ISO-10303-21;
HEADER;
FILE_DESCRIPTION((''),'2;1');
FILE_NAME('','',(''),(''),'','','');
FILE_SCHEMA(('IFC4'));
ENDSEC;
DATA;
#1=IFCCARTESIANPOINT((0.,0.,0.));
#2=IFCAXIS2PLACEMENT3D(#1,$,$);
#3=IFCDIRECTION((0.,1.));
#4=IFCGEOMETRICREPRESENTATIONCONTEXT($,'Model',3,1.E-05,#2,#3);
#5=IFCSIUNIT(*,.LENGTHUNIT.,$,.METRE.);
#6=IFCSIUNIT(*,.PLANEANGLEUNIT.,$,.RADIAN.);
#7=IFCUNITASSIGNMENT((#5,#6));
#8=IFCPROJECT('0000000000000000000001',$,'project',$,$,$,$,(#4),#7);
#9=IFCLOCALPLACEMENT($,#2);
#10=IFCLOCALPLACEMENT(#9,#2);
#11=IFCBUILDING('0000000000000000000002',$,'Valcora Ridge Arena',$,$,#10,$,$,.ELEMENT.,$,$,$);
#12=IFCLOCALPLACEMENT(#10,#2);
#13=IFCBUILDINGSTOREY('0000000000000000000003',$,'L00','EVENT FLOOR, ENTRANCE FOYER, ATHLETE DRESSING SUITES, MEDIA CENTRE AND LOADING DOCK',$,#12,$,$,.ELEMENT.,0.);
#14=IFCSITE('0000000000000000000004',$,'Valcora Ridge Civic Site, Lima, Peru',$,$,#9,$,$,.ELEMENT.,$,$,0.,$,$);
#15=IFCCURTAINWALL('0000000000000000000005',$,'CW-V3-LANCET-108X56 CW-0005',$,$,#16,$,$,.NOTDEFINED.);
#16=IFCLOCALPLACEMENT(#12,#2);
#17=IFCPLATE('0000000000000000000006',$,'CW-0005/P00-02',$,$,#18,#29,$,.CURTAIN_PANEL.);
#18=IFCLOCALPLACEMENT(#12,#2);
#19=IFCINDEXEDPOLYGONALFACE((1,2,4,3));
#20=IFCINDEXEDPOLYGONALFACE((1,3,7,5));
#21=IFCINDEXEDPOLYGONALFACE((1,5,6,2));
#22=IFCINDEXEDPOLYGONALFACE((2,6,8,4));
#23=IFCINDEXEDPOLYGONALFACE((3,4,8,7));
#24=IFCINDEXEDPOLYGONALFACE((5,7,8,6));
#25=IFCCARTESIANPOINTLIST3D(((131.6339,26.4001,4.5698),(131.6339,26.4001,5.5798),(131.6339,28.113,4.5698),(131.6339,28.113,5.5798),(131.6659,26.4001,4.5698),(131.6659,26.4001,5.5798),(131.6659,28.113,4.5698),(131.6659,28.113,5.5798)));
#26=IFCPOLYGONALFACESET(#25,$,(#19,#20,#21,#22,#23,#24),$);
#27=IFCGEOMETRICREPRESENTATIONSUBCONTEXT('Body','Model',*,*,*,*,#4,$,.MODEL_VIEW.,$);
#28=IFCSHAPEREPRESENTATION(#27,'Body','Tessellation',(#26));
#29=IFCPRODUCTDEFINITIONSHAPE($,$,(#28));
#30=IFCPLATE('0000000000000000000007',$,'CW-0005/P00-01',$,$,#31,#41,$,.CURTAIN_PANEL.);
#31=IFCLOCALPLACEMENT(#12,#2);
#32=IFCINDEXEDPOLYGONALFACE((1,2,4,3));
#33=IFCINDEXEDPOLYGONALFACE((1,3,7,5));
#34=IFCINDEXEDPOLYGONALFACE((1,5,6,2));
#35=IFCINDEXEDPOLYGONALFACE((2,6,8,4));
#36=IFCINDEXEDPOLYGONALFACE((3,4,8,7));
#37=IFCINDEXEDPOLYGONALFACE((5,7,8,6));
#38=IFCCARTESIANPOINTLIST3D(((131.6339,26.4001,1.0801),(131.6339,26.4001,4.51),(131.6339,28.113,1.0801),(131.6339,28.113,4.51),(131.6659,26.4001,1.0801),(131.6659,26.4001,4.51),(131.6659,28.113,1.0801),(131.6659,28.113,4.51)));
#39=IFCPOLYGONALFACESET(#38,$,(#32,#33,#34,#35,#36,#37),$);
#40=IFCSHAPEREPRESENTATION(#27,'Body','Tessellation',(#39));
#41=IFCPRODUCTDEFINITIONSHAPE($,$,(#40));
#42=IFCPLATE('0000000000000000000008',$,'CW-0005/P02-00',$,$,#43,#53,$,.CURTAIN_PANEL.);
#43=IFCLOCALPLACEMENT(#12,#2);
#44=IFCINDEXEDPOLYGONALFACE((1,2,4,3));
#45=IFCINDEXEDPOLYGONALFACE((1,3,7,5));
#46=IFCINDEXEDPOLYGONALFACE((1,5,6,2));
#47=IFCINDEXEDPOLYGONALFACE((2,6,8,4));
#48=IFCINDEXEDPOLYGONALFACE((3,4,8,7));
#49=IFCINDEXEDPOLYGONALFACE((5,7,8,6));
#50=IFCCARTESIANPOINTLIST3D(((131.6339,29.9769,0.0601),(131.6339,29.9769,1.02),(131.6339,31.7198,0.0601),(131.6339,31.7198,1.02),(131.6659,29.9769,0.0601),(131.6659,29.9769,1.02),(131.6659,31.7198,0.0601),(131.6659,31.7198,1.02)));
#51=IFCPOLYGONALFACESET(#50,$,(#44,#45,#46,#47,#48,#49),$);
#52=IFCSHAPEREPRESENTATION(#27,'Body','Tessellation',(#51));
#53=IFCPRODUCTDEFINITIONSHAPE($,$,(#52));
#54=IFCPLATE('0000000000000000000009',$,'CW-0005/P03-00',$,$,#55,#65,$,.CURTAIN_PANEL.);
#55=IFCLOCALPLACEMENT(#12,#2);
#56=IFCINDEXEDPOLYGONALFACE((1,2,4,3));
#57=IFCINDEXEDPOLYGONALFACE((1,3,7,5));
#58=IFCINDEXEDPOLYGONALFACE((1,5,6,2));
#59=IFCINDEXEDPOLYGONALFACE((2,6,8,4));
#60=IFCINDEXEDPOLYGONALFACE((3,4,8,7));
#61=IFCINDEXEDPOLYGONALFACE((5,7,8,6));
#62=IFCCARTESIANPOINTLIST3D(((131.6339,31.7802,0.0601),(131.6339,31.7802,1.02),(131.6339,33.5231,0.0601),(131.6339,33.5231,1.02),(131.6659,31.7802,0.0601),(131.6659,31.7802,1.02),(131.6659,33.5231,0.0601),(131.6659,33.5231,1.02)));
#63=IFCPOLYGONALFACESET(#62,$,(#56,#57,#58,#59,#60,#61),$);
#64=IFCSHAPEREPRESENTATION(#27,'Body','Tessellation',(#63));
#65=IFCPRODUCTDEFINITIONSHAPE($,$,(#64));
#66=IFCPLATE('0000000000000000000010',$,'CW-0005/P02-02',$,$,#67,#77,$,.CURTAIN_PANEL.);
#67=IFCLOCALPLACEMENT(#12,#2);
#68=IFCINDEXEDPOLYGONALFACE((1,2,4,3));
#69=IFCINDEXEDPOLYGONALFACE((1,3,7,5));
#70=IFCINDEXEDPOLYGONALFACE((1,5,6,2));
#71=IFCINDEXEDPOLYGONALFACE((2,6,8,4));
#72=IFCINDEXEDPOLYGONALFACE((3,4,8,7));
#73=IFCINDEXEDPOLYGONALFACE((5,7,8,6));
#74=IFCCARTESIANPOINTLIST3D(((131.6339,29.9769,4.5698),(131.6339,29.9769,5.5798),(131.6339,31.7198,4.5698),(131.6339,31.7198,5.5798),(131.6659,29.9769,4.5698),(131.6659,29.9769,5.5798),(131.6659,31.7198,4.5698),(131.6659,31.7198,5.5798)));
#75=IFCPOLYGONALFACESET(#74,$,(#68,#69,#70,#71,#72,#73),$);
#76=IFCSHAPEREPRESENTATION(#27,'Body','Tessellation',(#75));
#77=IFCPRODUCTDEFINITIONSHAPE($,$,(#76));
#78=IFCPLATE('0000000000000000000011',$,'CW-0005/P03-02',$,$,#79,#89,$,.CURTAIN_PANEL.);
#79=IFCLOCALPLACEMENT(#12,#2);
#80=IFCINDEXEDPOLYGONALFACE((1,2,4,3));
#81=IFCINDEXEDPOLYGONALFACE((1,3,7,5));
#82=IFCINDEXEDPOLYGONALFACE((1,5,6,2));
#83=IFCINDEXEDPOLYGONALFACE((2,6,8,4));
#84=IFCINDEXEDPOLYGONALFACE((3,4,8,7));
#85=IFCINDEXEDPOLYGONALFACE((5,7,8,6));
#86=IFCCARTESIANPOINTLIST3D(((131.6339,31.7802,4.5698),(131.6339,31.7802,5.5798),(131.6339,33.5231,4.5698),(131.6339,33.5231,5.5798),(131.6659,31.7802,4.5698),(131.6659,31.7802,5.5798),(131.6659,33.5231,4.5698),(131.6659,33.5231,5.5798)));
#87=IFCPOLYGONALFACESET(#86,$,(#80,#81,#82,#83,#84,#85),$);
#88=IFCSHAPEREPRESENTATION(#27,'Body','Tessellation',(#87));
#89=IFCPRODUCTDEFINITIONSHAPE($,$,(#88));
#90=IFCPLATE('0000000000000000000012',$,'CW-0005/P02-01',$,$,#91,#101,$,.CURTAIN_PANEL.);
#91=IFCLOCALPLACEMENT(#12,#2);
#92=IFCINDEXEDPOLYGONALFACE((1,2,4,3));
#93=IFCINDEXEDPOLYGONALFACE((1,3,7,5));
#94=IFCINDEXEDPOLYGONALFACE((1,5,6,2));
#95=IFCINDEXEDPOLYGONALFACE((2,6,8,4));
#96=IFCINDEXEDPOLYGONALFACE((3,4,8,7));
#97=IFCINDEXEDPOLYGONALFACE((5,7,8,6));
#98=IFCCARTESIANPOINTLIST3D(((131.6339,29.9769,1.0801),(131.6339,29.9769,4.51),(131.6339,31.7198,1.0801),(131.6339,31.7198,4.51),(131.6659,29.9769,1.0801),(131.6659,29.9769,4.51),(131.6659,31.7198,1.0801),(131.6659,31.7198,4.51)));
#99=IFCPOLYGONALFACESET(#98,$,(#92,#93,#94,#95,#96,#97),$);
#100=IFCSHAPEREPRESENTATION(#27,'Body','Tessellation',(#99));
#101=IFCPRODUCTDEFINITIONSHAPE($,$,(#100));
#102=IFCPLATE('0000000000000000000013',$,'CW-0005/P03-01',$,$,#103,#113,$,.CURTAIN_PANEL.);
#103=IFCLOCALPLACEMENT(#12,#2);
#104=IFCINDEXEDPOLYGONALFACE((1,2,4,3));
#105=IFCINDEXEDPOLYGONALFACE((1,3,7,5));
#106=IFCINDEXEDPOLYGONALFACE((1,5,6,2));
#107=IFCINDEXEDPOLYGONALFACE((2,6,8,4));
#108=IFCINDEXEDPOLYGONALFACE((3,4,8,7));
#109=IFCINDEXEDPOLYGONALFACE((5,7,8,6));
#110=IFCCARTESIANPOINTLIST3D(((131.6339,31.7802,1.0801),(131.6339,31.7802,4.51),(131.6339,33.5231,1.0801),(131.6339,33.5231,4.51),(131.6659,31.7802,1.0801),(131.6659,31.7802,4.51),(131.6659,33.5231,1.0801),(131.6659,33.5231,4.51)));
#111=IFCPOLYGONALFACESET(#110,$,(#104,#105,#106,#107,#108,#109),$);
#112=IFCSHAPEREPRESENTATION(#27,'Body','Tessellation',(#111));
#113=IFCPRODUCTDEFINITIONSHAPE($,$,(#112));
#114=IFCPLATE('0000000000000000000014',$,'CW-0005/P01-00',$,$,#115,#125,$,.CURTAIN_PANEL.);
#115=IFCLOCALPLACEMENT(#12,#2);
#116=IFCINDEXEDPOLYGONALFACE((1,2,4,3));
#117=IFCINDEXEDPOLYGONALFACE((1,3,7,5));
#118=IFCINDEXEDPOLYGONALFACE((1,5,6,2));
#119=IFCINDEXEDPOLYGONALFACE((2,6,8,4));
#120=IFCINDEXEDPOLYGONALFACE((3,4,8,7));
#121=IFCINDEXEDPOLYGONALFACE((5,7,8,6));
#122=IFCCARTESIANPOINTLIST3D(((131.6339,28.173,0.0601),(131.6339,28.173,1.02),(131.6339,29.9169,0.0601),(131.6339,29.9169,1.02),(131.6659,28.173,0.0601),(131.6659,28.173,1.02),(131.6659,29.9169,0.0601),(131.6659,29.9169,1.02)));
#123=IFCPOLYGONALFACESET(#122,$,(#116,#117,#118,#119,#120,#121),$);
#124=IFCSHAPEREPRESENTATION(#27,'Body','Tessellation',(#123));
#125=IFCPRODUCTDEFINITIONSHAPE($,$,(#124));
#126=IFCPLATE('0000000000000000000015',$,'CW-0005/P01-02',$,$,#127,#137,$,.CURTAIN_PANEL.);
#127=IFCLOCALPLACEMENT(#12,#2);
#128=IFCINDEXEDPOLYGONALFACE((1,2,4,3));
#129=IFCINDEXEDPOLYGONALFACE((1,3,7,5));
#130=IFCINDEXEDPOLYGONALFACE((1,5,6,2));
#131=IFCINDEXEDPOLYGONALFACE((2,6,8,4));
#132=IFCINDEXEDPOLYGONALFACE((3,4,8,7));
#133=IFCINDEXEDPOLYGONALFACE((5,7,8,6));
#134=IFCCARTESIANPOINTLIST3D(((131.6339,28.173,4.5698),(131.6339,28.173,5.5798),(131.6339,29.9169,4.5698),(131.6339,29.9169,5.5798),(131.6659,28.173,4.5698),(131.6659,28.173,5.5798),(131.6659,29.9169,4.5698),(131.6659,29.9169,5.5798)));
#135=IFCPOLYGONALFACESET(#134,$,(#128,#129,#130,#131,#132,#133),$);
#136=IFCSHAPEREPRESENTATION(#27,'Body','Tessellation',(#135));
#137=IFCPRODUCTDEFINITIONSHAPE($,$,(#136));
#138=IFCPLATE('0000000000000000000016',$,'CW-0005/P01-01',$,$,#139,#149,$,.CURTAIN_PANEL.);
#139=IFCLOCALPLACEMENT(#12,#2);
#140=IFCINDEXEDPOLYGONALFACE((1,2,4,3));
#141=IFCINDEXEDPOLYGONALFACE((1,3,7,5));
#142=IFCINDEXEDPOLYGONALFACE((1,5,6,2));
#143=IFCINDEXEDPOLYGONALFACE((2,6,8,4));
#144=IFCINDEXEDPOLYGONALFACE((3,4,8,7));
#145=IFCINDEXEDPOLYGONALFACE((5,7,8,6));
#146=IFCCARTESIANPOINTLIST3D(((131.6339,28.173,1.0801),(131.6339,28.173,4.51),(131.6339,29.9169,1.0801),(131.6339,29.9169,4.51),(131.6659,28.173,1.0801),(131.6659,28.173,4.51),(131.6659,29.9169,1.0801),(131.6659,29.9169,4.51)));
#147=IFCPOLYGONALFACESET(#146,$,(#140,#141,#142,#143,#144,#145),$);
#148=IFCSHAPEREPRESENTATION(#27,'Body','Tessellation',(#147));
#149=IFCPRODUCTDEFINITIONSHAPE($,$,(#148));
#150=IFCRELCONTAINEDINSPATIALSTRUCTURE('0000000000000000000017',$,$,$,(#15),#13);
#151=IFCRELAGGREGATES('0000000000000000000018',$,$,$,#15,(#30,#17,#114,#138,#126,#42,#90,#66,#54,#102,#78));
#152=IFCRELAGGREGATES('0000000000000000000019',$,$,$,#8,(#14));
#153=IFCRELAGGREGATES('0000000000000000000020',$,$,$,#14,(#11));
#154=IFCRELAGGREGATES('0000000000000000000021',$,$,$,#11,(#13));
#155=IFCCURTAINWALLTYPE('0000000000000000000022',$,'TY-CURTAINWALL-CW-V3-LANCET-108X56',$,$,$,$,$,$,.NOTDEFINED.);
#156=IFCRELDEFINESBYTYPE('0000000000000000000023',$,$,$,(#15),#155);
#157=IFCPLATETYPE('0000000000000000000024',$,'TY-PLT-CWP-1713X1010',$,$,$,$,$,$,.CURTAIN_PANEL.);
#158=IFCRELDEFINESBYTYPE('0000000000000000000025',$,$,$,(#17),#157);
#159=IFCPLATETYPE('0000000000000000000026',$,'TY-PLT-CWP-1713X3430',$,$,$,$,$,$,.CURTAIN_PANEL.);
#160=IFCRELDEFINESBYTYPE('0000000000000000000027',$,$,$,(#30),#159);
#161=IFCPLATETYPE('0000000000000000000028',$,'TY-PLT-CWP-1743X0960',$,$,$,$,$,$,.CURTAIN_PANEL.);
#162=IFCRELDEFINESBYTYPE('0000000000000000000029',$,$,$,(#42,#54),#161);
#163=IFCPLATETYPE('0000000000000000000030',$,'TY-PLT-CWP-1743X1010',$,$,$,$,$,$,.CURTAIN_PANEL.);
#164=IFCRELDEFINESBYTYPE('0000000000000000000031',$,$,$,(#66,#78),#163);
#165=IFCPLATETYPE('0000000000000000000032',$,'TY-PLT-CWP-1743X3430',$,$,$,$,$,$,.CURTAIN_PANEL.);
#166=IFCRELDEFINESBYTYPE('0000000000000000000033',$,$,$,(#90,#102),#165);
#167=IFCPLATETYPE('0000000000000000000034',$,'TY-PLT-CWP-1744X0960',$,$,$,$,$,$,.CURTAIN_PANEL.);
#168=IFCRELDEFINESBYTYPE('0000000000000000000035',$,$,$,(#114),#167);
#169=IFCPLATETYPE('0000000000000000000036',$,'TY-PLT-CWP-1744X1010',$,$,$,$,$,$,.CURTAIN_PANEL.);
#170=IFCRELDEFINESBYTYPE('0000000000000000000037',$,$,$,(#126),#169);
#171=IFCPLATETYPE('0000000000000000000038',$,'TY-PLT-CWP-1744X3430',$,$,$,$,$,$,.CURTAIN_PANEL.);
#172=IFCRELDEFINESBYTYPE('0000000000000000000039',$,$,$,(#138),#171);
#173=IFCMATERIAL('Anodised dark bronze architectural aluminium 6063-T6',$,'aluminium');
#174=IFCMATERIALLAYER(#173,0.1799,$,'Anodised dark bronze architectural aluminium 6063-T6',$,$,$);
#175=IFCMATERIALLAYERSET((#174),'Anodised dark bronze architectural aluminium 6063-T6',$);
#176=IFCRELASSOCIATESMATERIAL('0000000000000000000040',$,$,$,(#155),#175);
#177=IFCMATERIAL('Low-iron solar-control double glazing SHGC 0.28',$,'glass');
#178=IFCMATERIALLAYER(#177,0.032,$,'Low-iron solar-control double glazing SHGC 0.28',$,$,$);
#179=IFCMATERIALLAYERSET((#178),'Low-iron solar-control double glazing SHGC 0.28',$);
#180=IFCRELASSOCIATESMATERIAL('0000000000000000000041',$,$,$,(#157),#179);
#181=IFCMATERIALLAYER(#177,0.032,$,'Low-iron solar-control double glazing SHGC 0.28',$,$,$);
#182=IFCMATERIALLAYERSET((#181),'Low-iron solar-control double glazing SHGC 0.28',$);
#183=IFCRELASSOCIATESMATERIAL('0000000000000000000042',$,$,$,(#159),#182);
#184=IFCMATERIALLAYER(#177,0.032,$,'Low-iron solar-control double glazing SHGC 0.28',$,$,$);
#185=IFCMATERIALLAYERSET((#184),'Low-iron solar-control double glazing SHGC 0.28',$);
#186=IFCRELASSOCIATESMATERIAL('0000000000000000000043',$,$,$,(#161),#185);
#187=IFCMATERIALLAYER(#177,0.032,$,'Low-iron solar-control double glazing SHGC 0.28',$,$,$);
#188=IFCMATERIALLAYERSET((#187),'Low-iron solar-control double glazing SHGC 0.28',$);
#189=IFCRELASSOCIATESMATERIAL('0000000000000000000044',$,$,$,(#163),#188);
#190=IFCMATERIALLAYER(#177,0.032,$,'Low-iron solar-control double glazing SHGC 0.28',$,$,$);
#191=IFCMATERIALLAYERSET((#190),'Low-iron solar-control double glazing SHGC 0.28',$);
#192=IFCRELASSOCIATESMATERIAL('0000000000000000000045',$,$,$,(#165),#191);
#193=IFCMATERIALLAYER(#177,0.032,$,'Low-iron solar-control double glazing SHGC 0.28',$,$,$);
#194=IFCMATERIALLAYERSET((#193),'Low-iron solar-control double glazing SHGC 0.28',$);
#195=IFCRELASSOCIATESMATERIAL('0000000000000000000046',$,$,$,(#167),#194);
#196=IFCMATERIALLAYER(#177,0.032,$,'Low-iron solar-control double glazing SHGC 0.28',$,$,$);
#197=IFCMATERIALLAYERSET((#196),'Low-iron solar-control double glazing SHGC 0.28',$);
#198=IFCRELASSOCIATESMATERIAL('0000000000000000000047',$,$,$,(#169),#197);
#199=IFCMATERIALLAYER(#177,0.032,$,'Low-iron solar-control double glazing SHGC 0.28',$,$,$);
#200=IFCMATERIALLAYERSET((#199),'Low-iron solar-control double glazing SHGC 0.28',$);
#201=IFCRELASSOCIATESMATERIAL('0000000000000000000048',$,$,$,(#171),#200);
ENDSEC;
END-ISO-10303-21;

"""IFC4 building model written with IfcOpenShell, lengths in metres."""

from ifc_helpers import new_model, si_unit, direction, frame, origin, origin_2d, place, context, subcontext, project, spatial, rectangle, extrude, material, layer, layer_set, type_object, element, aggregate, save


model = new_model("IFC4")

# Units and contexts
model_context = context("Model", 3, precision=1e-05, world=origin(), true_north=direction((0.0, 1.0)))
body_context = subcontext(model_context, "Body", "Model", "MODEL_VIEW")
ifc_project = project(units=[si_unit("LENGTHUNIT", "METRE"), si_unit("PLANEANGLEUNIT", "RADIAN")], contexts=[model_context])

# Site, building, storey
site_placement = place(None, origin())
site = spatial("IfcSite", under=ifc_project, at=site_placement, Name="Valcora Ridge Civic Site, Lima, Peru", CompositionType="ELEMENT", RefElevation=0.0)
building_placement = place(site_placement, origin())
building = spatial("IfcBuilding", under=site, at=building_placement, Name="Valcora Ridge Arena", CompositionType="ELEMENT")
storey_placement = place(building_placement, origin())
storey = spatial("IfcBuildingStorey", under=building, at=storey_placement, Name="L00", Description="EVENT FLOOR, ENTRANCE FOYER, ATHLETE DRESSING SUITES, MEDIA CENTRE AND LOADING DOCK", CompositionType="ELEMENT", Elevation=0.0)

# Shared definitions
ifc_material_1 = material(Name="Anodised dark bronze architectural aluminium 6063-T6", Category="aluminium")

# Curtain wall
ifc_layer_1 = layer(ifc_material_1, 0.1799, Name="Anodised dark bronze architectural aluminium 6063-T6")
ifc_layer_set_1 = layer_set([ifc_layer_1], Name="Anodised dark bronze architectural aluminium 6063-T6")
curtain_wall_type_1 = type_object("IfcCurtainWallType", Name="TY-CURTAINWALL-CW-V3-LANCET-108X56", PredefinedType="NOTDEFINED", material=ifc_layer_set_1)
curtain_wall_1_placement = place(storey_placement, origin())
curtain_wall_1 = element("IfcCurtainWall", 1, at=curtain_wall_1_placement, inside=storey, type_object=curtain_wall_type_1, Name="CW-V3-LANCET-108X56 CW-0005", PredefinedType="NOTDEFINED")

# Plates
ifc_material_2 = material(Name="Low-iron solar-control double glazing SHGC 0.28", Category="glass")
ifc_layer_2 = layer(ifc_material_2, 0.032, Name="Low-iron solar-control double glazing SHGC 0.28")
ifc_layer_set_2 = layer_set([ifc_layer_2], Name="Low-iron solar-control double glazing SHGC 0.28")
plate_type_1 = type_object("IfcPlateType", Name="TY-PLT-CWP-1713X1010", PredefinedType="CURTAIN_PANEL", material=ifc_layer_set_2)
plate_1_placement = place(storey_placement, frame((131.6499, 27.2566, 4.5698), z_axis=(0.0, 0.0, 1.0), x_axis=(0.0, 1.0, 0.0)))
plate_1 = element("IfcPlate", 2, at=plate_1_placement, type_object=plate_type_1, Name="CW-0005/P00-02", PredefinedType="CURTAIN_PANEL", context=body_context, shape_type="SweptSolid", body=[
    extrude(rectangle(XDim=1.7129, YDim=0.032, at=origin_2d()), origin(), (0.0, 0.0, 1.0), 1.01),
])
ifc_layer_3 = layer(ifc_material_2, 0.032, Name="Low-iron solar-control double glazing SHGC 0.28")
ifc_layer_set_3 = layer_set([ifc_layer_3], Name="Low-iron solar-control double glazing SHGC 0.28")
plate_type_2 = type_object("IfcPlateType", Name="TY-PLT-CWP-1713X3430", PredefinedType="CURTAIN_PANEL", material=ifc_layer_set_3)
plate_2_placement = place(storey_placement, frame((131.6499, 27.2566, 1.0801), z_axis=(0.0, 0.0, 1.0), x_axis=(0.0, 1.0, 0.0)))
plate_2 = element("IfcPlate", 3, at=plate_2_placement, type_object=plate_type_2, Name="CW-0005/P00-01", PredefinedType="CURTAIN_PANEL", context=body_context, shape_type="SweptSolid", body=[
    extrude(rectangle(XDim=1.7129, YDim=0.032, at=origin_2d()), origin(), (0.0, 0.0, 1.0), 3.4299),
])
ifc_layer_4 = layer(ifc_material_2, 0.032, Name="Low-iron solar-control double glazing SHGC 0.28")
ifc_layer_set_4 = layer_set([ifc_layer_4], Name="Low-iron solar-control double glazing SHGC 0.28")
plate_type_3 = type_object("IfcPlateType", Name="TY-PLT-CWP-1743X0960", PredefinedType="CURTAIN_PANEL", material=ifc_layer_set_4)
plate_3_placement = place(storey_placement, frame((131.6499, 30.8484, 0.0601), z_axis=(0.0, 0.0, 1.0), x_axis=(0.0, 1.0, 0.0)))
plate_3 = element("IfcPlate", 4, at=plate_3_placement, type_object=plate_type_3, Name="CW-0005/P02-00", PredefinedType="CURTAIN_PANEL", context=body_context, shape_type="SweptSolid", body=[
    extrude(rectangle(XDim=1.7429, YDim=0.032, at=origin_2d()), origin(), (0.0, 0.0, 1.0), 0.96),
])
plate_4_placement = place(storey_placement, frame((131.6499, 32.6516, 0.0601), z_axis=(0.0, 0.0, 1.0), x_axis=(0.0, 1.0, 0.0)))
plate_4 = element("IfcPlate", 5, at=plate_4_placement, type_object=plate_type_3, Name="CW-0005/P03-00", PredefinedType="CURTAIN_PANEL", context=body_context, shape_type="SweptSolid", body=[
    extrude(rectangle(XDim=1.7429, YDim=0.032, at=origin_2d()), origin(), (0.0, 0.0, 1.0), 0.96),
])
ifc_layer_5 = layer(ifc_material_2, 0.032, Name="Low-iron solar-control double glazing SHGC 0.28")
ifc_layer_set_5 = layer_set([ifc_layer_5], Name="Low-iron solar-control double glazing SHGC 0.28")
plate_type_4 = type_object("IfcPlateType", Name="TY-PLT-CWP-1743X1010", PredefinedType="CURTAIN_PANEL", material=ifc_layer_set_5)
plate_5_placement = place(storey_placement, frame((131.6499, 30.8484, 4.5698), z_axis=(0.0, 0.0, 1.0), x_axis=(0.0, 1.0, 0.0)))
plate_5 = element("IfcPlate", 6, at=plate_5_placement, type_object=plate_type_4, Name="CW-0005/P02-02", PredefinedType="CURTAIN_PANEL", context=body_context, shape_type="SweptSolid", body=[
    extrude(rectangle(XDim=1.7429, YDim=0.032, at=origin_2d()), origin(), (0.0, 0.0, 1.0), 1.01),
])
plate_6_placement = place(storey_placement, frame((131.6499, 32.6516, 4.5698), z_axis=(0.0, 0.0, 1.0), x_axis=(0.0, 1.0, 0.0)))
plate_6 = element("IfcPlate", 7, at=plate_6_placement, type_object=plate_type_4, Name="CW-0005/P03-02", PredefinedType="CURTAIN_PANEL", context=body_context, shape_type="SweptSolid", body=[
    extrude(rectangle(XDim=1.7429, YDim=0.032, at=origin_2d()), origin(), (0.0, 0.0, 1.0), 1.01),
])
ifc_layer_6 = layer(ifc_material_2, 0.032, Name="Low-iron solar-control double glazing SHGC 0.28")
ifc_layer_set_6 = layer_set([ifc_layer_6], Name="Low-iron solar-control double glazing SHGC 0.28")
plate_type_5 = type_object("IfcPlateType", Name="TY-PLT-CWP-1743X3430", PredefinedType="CURTAIN_PANEL", material=ifc_layer_set_6)
plate_7_placement = place(storey_placement, frame((131.6499, 30.8484, 1.0801), z_axis=(0.0, 0.0, 1.0), x_axis=(0.0, 1.0, 0.0)))
plate_7 = element("IfcPlate", 8, at=plate_7_placement, type_object=plate_type_5, Name="CW-0005/P02-01", PredefinedType="CURTAIN_PANEL", context=body_context, shape_type="SweptSolid", body=[
    extrude(rectangle(XDim=1.7429, YDim=0.032, at=origin_2d()), origin(), (0.0, 0.0, 1.0), 3.4299),
])
plate_8_placement = place(storey_placement, frame((131.6499, 32.6516, 1.0801), z_axis=(0.0, 0.0, 1.0), x_axis=(0.0, 1.0, 0.0)))
plate_8 = element("IfcPlate", 9, at=plate_8_placement, type_object=plate_type_5, Name="CW-0005/P03-01", PredefinedType="CURTAIN_PANEL", context=body_context, shape_type="SweptSolid", body=[
    extrude(rectangle(XDim=1.7429, YDim=0.032, at=origin_2d()), origin(), (0.0, 0.0, 1.0), 3.4299),
])
ifc_layer_7 = layer(ifc_material_2, 0.032, Name="Low-iron solar-control double glazing SHGC 0.28")
ifc_layer_set_7 = layer_set([ifc_layer_7], Name="Low-iron solar-control double glazing SHGC 0.28")
plate_type_6 = type_object("IfcPlateType", Name="TY-PLT-CWP-1744X0960", PredefinedType="CURTAIN_PANEL", material=ifc_layer_set_7)
plate_9_placement = place(storey_placement, frame((131.6499, 29.0449, 0.0601), z_axis=(0.0, 0.0, 1.0), x_axis=(0.0, 1.0, 0.0)))
plate_9 = element("IfcPlate", 10, at=plate_9_placement, type_object=plate_type_6, Name="CW-0005/P01-00", PredefinedType="CURTAIN_PANEL", context=body_context, shape_type="SweptSolid", body=[
    extrude(rectangle(XDim=1.7439, YDim=0.032, at=origin_2d()), origin(), (0.0, 0.0, 1.0), 0.96),
])
ifc_layer_8 = layer(ifc_material_2, 0.032, Name="Low-iron solar-control double glazing SHGC 0.28")
ifc_layer_set_8 = layer_set([ifc_layer_8], Name="Low-iron solar-control double glazing SHGC 0.28")
plate_type_7 = type_object("IfcPlateType", Name="TY-PLT-CWP-1744X1010", PredefinedType="CURTAIN_PANEL", material=ifc_layer_set_8)
plate_10_placement = place(storey_placement, frame((131.6499, 29.0449, 4.5698), z_axis=(0.0, 0.0, 1.0), x_axis=(0.0, 1.0, 0.0)))
plate_10 = element("IfcPlate", 11, at=plate_10_placement, type_object=plate_type_7, Name="CW-0005/P01-02", PredefinedType="CURTAIN_PANEL", context=body_context, shape_type="SweptSolid", body=[
    extrude(rectangle(XDim=1.7439, YDim=0.032, at=origin_2d()), origin(), (0.0, 0.0, 1.0), 1.01),
])
ifc_layer_9 = layer(ifc_material_2, 0.032, Name="Low-iron solar-control double glazing SHGC 0.28")
ifc_layer_set_9 = layer_set([ifc_layer_9], Name="Low-iron solar-control double glazing SHGC 0.28")
plate_type_8 = type_object("IfcPlateType", Name="TY-PLT-CWP-1744X3430", PredefinedType="CURTAIN_PANEL", material=ifc_layer_set_9)
plate_11_placement = place(storey_placement, frame((131.6499, 29.0449, 1.0801), z_axis=(0.0, 0.0, 1.0), x_axis=(0.0, 1.0, 0.0)))
plate_11 = element("IfcPlate", 12, at=plate_11_placement, type_object=plate_type_8, Name="CW-0005/P01-01", PredefinedType="CURTAIN_PANEL", context=body_context, shape_type="SweptSolid", body=[
    extrude(rectangle(XDim=1.7439, YDim=0.032, at=origin_2d()), origin(), (0.0, 0.0, 1.0), 3.4299),
])
aggregate(curtain_wall_1, [plate_2, plate_1, plate_9, plate_11, plate_10, plate_3, plate_7, plate_5, plate_4, plate_8, plate_6])

save(model, "model.ifc")
